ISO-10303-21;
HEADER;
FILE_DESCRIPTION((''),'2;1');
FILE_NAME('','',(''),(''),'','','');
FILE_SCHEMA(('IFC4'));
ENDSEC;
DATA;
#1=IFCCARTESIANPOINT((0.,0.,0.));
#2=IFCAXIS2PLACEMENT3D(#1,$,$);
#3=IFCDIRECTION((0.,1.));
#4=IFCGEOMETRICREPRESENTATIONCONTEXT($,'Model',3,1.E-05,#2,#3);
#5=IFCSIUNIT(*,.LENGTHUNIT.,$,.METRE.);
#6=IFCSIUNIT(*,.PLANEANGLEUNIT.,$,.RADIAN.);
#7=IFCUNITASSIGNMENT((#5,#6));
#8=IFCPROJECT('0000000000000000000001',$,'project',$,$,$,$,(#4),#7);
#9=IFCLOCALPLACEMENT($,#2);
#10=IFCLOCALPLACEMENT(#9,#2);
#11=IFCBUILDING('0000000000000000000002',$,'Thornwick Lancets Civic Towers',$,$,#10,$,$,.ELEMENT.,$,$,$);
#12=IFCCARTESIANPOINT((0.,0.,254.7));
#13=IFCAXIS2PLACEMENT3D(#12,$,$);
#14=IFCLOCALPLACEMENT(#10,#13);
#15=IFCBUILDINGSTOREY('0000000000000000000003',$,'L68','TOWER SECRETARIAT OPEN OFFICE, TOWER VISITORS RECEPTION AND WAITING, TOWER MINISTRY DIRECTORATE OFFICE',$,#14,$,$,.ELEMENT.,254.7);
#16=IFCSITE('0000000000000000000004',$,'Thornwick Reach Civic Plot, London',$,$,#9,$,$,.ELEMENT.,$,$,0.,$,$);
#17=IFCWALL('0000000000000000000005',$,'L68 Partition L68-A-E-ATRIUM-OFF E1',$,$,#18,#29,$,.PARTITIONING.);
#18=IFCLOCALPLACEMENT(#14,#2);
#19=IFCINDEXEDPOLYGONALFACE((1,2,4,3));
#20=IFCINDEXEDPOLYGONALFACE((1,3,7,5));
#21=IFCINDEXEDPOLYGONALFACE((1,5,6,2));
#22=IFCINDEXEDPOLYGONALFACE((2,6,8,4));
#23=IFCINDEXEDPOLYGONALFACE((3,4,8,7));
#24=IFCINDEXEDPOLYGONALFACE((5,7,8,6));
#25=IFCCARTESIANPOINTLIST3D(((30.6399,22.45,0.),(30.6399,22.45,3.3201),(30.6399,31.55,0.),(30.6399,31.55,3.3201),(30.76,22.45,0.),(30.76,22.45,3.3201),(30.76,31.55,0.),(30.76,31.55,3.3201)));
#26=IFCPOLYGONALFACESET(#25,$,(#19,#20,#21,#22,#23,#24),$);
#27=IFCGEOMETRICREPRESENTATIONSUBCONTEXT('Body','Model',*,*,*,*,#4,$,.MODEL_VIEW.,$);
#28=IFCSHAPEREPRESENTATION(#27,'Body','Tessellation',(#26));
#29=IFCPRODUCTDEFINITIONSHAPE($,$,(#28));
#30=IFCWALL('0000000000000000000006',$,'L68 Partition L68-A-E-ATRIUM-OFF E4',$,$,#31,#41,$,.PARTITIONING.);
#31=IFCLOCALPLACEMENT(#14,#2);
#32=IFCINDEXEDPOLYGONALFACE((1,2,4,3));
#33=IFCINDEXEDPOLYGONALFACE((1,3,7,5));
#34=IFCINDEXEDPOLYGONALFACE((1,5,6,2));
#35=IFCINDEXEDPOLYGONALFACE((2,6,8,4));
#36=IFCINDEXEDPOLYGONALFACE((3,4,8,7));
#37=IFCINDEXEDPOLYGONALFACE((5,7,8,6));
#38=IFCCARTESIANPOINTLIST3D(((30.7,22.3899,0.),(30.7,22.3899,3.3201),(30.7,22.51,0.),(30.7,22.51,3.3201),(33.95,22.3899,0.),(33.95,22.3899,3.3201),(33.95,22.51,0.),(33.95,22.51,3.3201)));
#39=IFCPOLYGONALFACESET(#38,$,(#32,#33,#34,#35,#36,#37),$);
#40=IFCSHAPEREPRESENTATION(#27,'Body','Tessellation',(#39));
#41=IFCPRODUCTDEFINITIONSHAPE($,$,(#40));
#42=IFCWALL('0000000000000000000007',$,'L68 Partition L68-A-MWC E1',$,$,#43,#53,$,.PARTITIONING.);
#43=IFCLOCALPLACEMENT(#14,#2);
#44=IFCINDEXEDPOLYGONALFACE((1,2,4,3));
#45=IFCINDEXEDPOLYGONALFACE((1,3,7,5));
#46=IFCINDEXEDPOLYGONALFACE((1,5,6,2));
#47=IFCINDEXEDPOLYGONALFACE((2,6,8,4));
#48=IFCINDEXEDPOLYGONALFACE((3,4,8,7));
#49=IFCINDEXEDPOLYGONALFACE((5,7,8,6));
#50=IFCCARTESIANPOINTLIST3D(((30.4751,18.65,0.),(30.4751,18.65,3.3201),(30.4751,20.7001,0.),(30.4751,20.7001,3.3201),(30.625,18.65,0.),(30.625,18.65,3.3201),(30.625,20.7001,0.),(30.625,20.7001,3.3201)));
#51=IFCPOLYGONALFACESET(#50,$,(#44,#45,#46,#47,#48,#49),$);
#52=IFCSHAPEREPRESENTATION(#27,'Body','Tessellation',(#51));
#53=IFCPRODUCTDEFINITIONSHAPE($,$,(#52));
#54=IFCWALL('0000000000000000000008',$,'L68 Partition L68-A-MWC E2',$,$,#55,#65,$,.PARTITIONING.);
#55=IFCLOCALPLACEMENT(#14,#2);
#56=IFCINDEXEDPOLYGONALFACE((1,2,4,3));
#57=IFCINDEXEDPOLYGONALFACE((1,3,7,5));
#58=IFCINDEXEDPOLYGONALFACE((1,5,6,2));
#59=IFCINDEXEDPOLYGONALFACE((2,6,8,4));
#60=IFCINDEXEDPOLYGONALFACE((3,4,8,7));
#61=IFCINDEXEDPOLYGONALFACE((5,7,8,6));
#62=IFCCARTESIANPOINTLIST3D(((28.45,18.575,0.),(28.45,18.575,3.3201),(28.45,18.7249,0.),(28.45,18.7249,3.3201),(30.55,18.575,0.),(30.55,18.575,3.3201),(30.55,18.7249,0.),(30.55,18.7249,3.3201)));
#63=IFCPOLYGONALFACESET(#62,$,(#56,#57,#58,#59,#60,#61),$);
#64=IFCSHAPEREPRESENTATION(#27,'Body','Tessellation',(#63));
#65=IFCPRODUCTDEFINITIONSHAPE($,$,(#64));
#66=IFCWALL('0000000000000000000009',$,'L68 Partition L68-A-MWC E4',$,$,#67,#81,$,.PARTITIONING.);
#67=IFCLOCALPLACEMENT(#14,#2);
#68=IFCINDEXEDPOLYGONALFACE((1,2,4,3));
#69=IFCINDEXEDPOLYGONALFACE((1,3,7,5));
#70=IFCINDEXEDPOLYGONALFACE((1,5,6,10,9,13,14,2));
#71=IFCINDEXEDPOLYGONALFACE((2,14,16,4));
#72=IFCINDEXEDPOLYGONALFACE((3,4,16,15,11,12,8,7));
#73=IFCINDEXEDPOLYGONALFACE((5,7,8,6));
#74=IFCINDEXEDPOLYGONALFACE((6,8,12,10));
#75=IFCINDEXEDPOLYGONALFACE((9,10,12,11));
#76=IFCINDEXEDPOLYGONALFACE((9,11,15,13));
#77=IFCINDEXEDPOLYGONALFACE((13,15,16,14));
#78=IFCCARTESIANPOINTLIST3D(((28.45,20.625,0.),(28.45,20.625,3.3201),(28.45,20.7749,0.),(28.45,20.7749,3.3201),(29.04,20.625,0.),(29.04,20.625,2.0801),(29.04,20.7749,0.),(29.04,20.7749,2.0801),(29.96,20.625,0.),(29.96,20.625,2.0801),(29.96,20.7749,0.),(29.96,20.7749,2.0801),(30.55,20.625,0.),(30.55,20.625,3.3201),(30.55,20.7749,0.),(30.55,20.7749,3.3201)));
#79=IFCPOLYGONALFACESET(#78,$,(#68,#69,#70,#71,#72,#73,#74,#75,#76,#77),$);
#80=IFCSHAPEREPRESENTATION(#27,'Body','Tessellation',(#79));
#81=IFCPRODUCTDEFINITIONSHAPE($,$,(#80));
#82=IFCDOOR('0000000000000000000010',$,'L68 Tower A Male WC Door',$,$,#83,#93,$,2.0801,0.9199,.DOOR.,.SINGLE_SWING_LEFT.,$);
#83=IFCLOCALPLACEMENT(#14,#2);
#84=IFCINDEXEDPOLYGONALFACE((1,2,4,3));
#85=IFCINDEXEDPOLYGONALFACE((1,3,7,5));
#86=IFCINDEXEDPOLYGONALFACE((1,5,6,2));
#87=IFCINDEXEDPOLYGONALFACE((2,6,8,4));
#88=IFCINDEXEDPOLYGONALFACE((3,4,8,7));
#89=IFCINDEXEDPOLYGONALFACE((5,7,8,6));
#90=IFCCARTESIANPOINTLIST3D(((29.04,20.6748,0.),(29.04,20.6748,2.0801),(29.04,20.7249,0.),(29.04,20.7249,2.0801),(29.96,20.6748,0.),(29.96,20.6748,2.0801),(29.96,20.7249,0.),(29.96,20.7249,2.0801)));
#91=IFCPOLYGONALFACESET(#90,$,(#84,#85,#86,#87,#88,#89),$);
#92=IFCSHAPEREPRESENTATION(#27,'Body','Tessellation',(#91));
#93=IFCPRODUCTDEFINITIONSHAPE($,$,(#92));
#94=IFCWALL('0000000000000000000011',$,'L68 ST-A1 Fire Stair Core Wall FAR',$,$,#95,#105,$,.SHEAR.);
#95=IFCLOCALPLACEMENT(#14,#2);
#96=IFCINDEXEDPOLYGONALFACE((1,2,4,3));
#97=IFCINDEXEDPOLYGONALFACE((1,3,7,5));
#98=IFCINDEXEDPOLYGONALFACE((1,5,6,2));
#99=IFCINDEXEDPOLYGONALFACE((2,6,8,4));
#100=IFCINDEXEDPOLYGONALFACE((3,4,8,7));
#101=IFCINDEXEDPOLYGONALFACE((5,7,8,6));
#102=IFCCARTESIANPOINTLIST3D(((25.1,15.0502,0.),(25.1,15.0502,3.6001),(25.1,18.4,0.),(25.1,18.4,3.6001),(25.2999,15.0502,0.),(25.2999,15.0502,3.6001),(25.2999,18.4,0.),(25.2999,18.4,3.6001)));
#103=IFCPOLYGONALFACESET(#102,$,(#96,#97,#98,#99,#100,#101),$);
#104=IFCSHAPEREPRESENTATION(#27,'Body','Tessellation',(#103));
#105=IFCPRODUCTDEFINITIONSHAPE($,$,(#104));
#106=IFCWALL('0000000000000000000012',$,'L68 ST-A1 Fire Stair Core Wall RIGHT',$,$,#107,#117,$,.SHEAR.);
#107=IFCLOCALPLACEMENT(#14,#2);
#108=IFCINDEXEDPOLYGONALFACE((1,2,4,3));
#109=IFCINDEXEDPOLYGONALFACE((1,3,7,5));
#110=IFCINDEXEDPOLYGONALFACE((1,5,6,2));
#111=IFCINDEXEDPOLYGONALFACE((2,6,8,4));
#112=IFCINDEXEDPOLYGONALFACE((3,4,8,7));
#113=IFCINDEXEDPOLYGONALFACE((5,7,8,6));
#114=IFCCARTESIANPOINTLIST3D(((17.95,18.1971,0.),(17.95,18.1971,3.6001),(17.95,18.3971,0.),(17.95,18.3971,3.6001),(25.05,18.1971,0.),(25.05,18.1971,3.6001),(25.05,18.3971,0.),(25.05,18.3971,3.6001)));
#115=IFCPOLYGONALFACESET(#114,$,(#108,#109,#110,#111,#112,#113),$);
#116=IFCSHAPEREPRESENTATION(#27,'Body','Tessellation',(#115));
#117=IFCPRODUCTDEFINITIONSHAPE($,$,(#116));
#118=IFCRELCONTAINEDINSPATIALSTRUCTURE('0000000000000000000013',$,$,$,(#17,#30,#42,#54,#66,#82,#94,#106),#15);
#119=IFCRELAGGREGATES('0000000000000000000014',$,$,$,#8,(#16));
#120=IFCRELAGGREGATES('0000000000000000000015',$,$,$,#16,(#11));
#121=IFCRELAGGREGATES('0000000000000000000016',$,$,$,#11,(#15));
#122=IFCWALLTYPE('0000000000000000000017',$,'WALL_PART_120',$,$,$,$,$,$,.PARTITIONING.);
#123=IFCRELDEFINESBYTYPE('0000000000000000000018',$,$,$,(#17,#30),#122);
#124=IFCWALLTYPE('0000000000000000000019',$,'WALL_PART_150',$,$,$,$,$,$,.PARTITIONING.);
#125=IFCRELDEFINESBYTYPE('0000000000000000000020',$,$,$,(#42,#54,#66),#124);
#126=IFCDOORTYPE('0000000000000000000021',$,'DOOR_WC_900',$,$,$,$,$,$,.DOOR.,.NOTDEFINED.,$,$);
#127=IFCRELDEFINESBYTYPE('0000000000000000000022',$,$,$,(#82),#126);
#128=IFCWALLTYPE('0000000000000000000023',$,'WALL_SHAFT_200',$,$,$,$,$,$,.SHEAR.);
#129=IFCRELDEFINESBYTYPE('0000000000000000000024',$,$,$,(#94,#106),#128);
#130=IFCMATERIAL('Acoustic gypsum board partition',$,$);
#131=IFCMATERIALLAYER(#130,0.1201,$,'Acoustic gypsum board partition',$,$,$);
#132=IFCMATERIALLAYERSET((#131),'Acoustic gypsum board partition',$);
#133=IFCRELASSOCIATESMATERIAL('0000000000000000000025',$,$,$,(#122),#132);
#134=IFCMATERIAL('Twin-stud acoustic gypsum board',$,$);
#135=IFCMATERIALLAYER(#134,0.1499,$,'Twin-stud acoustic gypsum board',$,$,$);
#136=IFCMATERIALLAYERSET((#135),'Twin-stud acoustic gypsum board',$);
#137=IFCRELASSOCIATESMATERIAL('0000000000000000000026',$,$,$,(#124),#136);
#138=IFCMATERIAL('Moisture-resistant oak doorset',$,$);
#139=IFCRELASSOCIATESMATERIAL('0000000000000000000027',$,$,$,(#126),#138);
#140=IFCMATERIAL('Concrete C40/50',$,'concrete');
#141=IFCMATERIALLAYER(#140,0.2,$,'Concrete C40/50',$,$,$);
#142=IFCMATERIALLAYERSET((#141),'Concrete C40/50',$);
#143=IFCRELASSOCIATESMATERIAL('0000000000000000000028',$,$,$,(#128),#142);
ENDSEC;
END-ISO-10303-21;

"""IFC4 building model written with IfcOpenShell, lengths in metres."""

from ifc_helpers import new_model, si_unit, direction, frame, frame_2d, origin, place, context, subcontext, project, spatial, rectangle, extrude, material, layer, layer_set, type_object, element, fill, save


model = new_model("IFC4")

# Units and contexts
model_context = context("Model", 3, precision=1e-05, world=origin(), true_north=direction((0.0, 1.0)))
body_context = subcontext(model_context, "Body", "Model", "MODEL_VIEW")
ifc_project = project(units=[si_unit("LENGTHUNIT", "METRE"), si_unit("PLANEANGLEUNIT", "RADIAN")], contexts=[model_context])

# Site, building, storey
site_placement = place(None, origin())
site = spatial("IfcSite", under=ifc_project, at=site_placement, Name="Thornwick Reach Civic Plot, London", CompositionType="ELEMENT", RefElevation=0.0)
building_placement = place(site_placement, origin())
building = spatial("IfcBuilding", under=site, at=building_placement, Name="Thornwick Lancets Civic Towers", CompositionType="ELEMENT")
storey_placement = place(building_placement, frame((0.0, 0.0, 254.7)))
storey = spatial("IfcBuildingStorey", under=building, at=storey_placement, Name="L68", Description="TOWER SECRETARIAT OPEN OFFICE, TOWER VISITORS RECEPTION AND WAITING, TOWER MINISTRY DIRECTORATE OFFICE", CompositionType="ELEMENT", Elevation=254.7)

# Shared definitions
ifc_material_1 = material(Name="Acoustic gypsum board partition")
ifc_layer_1 = layer(ifc_material_1, 0.1201, Name="Acoustic gypsum board partition")
ifc_layer_set_1 = layer_set([ifc_layer_1], Name="Acoustic gypsum board partition")
wall_type_1 = type_object("IfcWallType", Name="WALL_PART_120", PredefinedType="PARTITIONING", material=ifc_layer_set_1)

# Walls
wall_1_placement = place(storey_placement, frame((30.7, 22.45, 0.0), z_axis=(0.0, 0.0, 1.0), x_axis=(0.0, 1.0, 0.0)))
element("IfcWall", 1, at=wall_1_placement, inside=storey, type_object=wall_type_1, Name="L68 Partition L68-A-E-ATRIUM-OFF E1", PredefinedType="PARTITIONING", context=body_context, shape_type="SweptSolid", body=[
    extrude(rectangle(XDim=9.1001, YDim=0.1201, at=frame_2d((4.55, 0.0))), origin(), (0.0, 0.0, 1.0), 3.3201),
])
wall_2_placement = place(storey_placement, frame((33.95, 22.45, 0.0), z_axis=(0.0, 0.0, 1.0), x_axis=(-1.0, 0.0, 0.0)))
element("IfcWall", 2, at=wall_2_placement, inside=storey, type_object=wall_type_1, Name="L68 Partition L68-A-E-ATRIUM-OFF E4", PredefinedType="PARTITIONING", context=body_context, shape_type="SweptSolid", body=[
    extrude(rectangle(XDim=3.25, YDim=0.1201, at=frame_2d((1.625, 0.0))), origin(), (0.0, 0.0, 1.0), 3.3201),
])
ifc_material_2 = material(Name="Twin-stud acoustic gypsum board")
ifc_layer_2 = layer(ifc_material_2, 0.1499, Name="Twin-stud acoustic gypsum board")
ifc_layer_set_2 = layer_set([ifc_layer_2], Name="Twin-stud acoustic gypsum board")
wall_type_2 = type_object("IfcWallType", Name="WALL_PART_150", PredefinedType="PARTITIONING", material=ifc_layer_set_2)
wall_3_placement = place(storey_placement, frame((30.55, 20.7, 0.0), z_axis=(0.0, 0.0, 1.0), x_axis=(0.0, -1.0, 0.0)))
element("IfcWall", 3, at=wall_3_placement, inside=storey, type_object=wall_type_2, Name="L68 Partition L68-A-MWC E1", PredefinedType="PARTITIONING", context=body_context, shape_type="SweptSolid", body=[
    extrude(rectangle(XDim=2.05, YDim=0.1499, at=frame_2d((1.0249, 0.0))), origin(), (0.0, 0.0, 1.0), 3.3201),
])
wall_4_placement = place(storey_placement, frame((30.55, 18.6499, 0.0), z_axis=(0.0, 0.0, 1.0), x_axis=(-1.0, 0.0, 0.0)))
element("IfcWall", 4, at=wall_4_placement, inside=storey, type_object=wall_type_2, Name="L68 Partition L68-A-MWC E2", PredefinedType="PARTITIONING", context=body_context, shape_type="SweptSolid", body=[
    extrude(rectangle(XDim=2.1001, YDim=0.1499, at=frame_2d((1.05, 0.0))), origin(), (0.0, 0.0, 1.0), 3.3201),
])

# Wall, opening, door
wall_5_placement = place(storey_placement, frame((28.45, 20.7, 0.0), z_axis=(0.0, 0.0, 1.0), x_axis=(1.0, 0.0, 0.0)))
wall_5 = element("IfcWall", 5, at=wall_5_placement, inside=storey, type_object=wall_type_2, Name="L68 Partition L68-A-MWC E4", PredefinedType="PARTITIONING", context=body_context, shape_type="SweptSolid", body=[
    extrude(rectangle(XDim=2.1001, YDim=0.1499, at=frame_2d((1.05, 0.0))), origin(), (0.0, 0.0, 1.0), 3.3201),
])
opening_1_placement = place(wall_5_placement, frame((0.5901, 0.0, 0.0)))
opening_1 = element("IfcOpeningElement", 6, at=opening_1_placement, cuts=wall_5, PredefinedType="OPENING", context=body_context, shape_type="SweptSolid", body=[
    extrude(rectangle(XDim=0.9199, YDim=2.0801, at=frame_2d((0.46, 1.04))), frame((0.0, 0.085, 0.0), z_axis=(0.0, -1.0, 0.0), x_axis=(1.0, 0.0, 0.0)), (0.0, 0.0, 1.0), 0.1699),
])
ifc_material_3 = material(Name="Moisture-resistant oak doorset")
door_type_1 = type_object("IfcDoorType", Name="DOOR_WC_900", OperationType="NOTDEFINED", PredefinedType="DOOR", material=ifc_material_3)
door_1_placement = place(opening_1_placement, origin())
door_1 = element("IfcDoor", 7, at=door_1_placement, inside=storey, type_object=door_type_1, Name="L68 Tower A Male WC Door", OperationType="SINGLE_SWING_LEFT", OverallHeight=2.0801, OverallWidth=0.9199, PredefinedType="DOOR", context=body_context, shape_type="SweptSolid", body=[
    extrude(rectangle(XDim=0.9199, YDim=2.0801, at=frame_2d((0.46, 1.04))), frame((0.0, 0.0249, 0.0), z_axis=(0.0, -1.0, 0.0), x_axis=(1.0, 0.0, 0.0)), (0.0, 0.0, 1.0), 0.05),
])
fill(opening_1, door_1)

# Walls
ifc_material_4 = material(Name="Concrete C40/50", Category="concrete")
ifc_layer_3 = layer(ifc_material_4, 0.2, Name="Concrete C40/50")
ifc_layer_set_3 = layer_set([ifc_layer_3], Name="Concrete C40/50")
wall_type_3 = type_object("IfcWallType", Name="WALL_SHAFT_200", PredefinedType="SHEAR", material=ifc_layer_set_3)
wall_6_placement = place(storey_placement, frame((25.2, 18.3999, 0.0), z_axis=(0.0, 0.0, 1.0), x_axis=(0.0, -1.0, 0.0)))
element("IfcWall", 8, at=wall_6_placement, inside=storey, type_object=wall_type_3, Name="L68 ST-A1 Fire Stair Core Wall FAR", PredefinedType="SHEAR", context=body_context, shape_type="SweptSolid", body=[
    extrude(rectangle(XDim=3.3499, YDim=0.2, at=frame_2d((1.6748, 0.0))), origin(), (0.0, 0.0, 1.0), 3.6001),
])
wall_7_placement = place(storey_placement, frame((25.05, 18.2971, 0.0), z_axis=(0.0, 0.0, 1.0), x_axis=(-1.0, 0.0, 0.0)))
element("IfcWall", 9, at=wall_7_placement, inside=storey, type_object=wall_type_3, Name="L68 ST-A1 Fire Stair Core Wall RIGHT", PredefinedType="SHEAR", context=body_context, shape_type="SweptSolid", body=[
    extrude(rectangle(XDim=7.1001, YDim=0.2, at=frame_2d((3.55, 0.0))), origin(), (0.0, 0.0, 1.0), 3.6001),
])

save(model, "model.ifc")
